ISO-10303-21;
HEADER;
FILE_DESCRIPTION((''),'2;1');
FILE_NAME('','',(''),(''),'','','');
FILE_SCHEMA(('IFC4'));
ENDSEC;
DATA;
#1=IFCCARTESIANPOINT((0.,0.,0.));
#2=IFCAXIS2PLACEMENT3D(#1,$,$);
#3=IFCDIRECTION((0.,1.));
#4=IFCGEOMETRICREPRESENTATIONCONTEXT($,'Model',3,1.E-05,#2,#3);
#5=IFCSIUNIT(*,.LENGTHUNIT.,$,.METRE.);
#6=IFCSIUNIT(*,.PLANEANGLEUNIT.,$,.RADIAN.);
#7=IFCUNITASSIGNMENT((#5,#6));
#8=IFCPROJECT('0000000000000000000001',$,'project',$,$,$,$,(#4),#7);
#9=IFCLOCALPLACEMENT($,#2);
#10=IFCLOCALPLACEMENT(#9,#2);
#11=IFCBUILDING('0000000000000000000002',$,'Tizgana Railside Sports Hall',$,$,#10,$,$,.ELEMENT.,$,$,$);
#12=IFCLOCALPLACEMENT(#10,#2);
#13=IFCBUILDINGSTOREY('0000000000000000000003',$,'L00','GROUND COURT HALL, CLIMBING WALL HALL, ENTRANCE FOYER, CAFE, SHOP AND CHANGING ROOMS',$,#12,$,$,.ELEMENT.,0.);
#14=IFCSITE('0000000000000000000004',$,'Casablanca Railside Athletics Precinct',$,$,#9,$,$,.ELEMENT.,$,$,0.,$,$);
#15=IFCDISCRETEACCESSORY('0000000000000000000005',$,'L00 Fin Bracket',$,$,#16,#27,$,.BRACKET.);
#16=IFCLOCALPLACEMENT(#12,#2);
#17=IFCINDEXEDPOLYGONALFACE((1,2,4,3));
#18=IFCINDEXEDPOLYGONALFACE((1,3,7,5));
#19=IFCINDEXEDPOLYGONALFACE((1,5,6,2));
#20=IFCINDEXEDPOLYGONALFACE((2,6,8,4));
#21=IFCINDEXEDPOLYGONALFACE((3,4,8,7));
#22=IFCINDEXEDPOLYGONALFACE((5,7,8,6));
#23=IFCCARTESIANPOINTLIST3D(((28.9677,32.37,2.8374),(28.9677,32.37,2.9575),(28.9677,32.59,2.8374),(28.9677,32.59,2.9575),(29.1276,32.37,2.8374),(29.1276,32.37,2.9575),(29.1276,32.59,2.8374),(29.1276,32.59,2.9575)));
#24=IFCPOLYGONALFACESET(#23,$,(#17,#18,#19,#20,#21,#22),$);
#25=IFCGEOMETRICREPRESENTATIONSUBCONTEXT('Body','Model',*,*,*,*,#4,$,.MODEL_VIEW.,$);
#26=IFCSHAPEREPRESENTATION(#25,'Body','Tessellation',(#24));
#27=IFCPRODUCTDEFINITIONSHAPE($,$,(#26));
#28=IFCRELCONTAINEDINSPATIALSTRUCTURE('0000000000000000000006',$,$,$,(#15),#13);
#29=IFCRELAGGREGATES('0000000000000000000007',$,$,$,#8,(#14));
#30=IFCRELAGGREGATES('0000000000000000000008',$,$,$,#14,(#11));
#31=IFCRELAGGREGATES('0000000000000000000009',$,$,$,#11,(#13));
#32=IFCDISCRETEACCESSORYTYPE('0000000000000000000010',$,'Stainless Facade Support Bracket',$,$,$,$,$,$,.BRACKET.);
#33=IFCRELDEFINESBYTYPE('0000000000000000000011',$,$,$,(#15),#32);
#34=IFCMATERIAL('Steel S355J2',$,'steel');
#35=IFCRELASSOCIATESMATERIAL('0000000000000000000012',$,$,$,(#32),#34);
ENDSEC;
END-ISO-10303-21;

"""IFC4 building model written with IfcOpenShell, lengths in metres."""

from ifc_helpers import new_model, si_unit, direction, frame, origin, origin_2d, place, context, subcontext, project, spatial, rectangle, extrude, material, type_object, element, save


model = new_model("IFC4")

# Units and contexts
model_context = context("Model", 3, precision=1e-05, world=origin(), true_north=direction((0.0, 1.0)))
body_context = subcontext(model_context, "Body", "Model", "MODEL_VIEW")
ifc_project = project(units=[si_unit("LENGTHUNIT", "METRE"), si_unit("PLANEANGLEUNIT", "RADIAN")], contexts=[model_context])

# Site, building, storey
site_placement = place(None, origin())
site = spatial("IfcSite", under=ifc_project, at=site_placement, Name="Casablanca Railside Athletics Precinct", CompositionType="ELEMENT", RefElevation=0.0)
building_placement = place(site_placement, origin())
building = spatial("IfcBuilding", under=site, at=building_placement, Name="Tizgana Railside Sports Hall", CompositionType="ELEMENT")
storey_placement = place(building_placement, origin())
storey = spatial("IfcBuildingStorey", under=building, at=storey_placement, Name="L00", Description="GROUND COURT HALL, CLIMBING WALL HALL, ENTRANCE FOYER, CAFE, SHOP AND CHANGING ROOMS", CompositionType="ELEMENT", Elevation=0.0)

# Shared definitions
ifc_material_1 = material(Name="Steel S355J2", Category="steel")

# Discrete accessory
discrete_accessory_type = type_object("IfcDiscreteAccessoryType", Name="Stainless Facade Support Bracket", PredefinedType="BRACKET", material=ifc_material_1)
for number, where, z_axis, x_axis, name in (
    (1, (29.0476, 32.48, 2.8374), (0.0, 0.0, 1.0), (1.0, 0.0, 0.0), "L00 Fin Bracket"),
):
    element("IfcDiscreteAccessory", number, at=place(storey_placement, frame(where, z_axis=z_axis, x_axis=x_axis)), inside=storey, type_object=discrete_accessory_type, Name=name, PredefinedType="BRACKET", context=body_context, shape_type="SweptSolid", body=[
        extrude(rectangle(XDim=0.1599, YDim=0.22, at=origin_2d()), origin(), (0.0, 0.0, 1.0), 0.1201),
    ])

save(model, "model.ifc")
